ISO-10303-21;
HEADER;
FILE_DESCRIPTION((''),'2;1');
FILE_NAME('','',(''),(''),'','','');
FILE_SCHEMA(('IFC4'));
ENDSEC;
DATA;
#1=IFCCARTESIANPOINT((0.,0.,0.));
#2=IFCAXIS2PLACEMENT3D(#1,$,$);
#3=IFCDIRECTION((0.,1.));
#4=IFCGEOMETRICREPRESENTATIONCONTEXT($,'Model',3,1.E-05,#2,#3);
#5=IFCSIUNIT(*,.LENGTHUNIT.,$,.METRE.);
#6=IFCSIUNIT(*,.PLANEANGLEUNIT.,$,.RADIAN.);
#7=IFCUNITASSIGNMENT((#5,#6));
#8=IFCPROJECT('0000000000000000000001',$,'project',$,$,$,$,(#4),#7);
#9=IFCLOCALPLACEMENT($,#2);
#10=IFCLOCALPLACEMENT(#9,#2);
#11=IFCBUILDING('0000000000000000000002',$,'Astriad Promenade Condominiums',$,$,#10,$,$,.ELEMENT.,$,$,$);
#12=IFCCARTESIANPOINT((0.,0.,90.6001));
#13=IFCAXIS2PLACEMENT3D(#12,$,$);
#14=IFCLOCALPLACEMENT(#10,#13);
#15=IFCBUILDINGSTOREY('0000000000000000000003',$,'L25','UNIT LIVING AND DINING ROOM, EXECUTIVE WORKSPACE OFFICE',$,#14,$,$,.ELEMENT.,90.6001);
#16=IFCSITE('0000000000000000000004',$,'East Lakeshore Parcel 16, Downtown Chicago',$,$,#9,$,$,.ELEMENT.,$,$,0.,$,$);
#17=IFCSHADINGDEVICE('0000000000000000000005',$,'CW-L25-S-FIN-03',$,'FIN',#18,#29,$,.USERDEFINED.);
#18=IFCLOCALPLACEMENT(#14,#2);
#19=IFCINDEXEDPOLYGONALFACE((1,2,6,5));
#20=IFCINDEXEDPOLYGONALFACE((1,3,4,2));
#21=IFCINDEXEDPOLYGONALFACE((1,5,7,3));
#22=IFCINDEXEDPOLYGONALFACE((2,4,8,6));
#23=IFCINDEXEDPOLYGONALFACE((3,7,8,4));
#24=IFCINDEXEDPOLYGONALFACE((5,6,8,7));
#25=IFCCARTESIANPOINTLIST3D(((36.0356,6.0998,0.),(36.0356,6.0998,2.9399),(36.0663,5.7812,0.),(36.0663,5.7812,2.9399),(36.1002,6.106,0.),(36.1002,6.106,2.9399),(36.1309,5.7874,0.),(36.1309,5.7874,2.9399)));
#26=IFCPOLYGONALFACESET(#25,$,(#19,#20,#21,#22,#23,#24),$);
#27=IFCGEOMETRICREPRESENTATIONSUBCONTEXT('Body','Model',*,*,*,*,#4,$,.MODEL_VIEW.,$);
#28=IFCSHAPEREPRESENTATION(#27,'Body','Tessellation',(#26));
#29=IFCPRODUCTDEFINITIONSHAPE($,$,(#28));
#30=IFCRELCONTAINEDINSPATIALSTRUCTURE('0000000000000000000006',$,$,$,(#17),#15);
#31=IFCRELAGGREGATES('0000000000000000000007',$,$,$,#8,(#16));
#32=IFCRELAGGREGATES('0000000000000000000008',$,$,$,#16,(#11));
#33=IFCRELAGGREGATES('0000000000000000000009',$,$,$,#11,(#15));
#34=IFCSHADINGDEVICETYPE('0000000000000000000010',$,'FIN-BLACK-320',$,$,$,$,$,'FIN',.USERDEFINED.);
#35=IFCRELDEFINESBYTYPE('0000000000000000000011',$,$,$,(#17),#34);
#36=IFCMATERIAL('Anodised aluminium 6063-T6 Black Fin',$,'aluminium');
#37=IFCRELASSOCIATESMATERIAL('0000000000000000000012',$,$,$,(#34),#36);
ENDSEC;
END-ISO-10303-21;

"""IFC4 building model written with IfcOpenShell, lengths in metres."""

from ifc_helpers import new_model, si_unit, direction, frame, origin, origin_2d, place, context, subcontext, project, spatial, rectangle, extrude, source, transform, mapped, material, type_object, type_shapes, element, save


model = new_model("IFC4")

# Units and contexts
model_context = context("Model", 3, precision=1e-05, world=origin(), true_north=direction((0.0, 1.0)))
body_context = subcontext(model_context, "Body", "Model", "MODEL_VIEW")
ifc_project = project(units=[si_unit("LENGTHUNIT", "METRE"), si_unit("PLANEANGLEUNIT", "RADIAN")], contexts=[model_context])

# Site, building, storey
site_placement = place(None, origin())
site = spatial("IfcSite", under=ifc_project, at=site_placement, Name="East Lakeshore Parcel 16, Downtown Chicago", CompositionType="ELEMENT", RefElevation=0.0)
building_placement = place(site_placement, origin())
building = spatial("IfcBuilding", under=site, at=building_placement, Name="Astriad Promenade Condominiums", CompositionType="ELEMENT")
storey_placement = place(building_placement, frame((0.0, 0.0, 90.6001)))
storey = spatial("IfcBuildingStorey", under=building, at=storey_placement, Name="L25", Description="UNIT LIVING AND DINING ROOM, EXECUTIVE WORKSPACE OFFICE", CompositionType="ELEMENT", Elevation=90.6001)

# Shading device
ifc_material_1 = material(Name="Anodised aluminium 6063-T6 Black Fin", Category="aluminium")
shading_device_type = type_object("IfcShadingDeviceType", Name="FIN-BLACK-320", ElementType="FIN", PredefinedType="USERDEFINED", material=ifc_material_1)
shared_shape_1 = source(origin(), body_context, "Body", "SweptSolid", [
    extrude(rectangle(XDim=0.0649, YDim=0.3201, at=origin_2d()), origin(), (0.0, 0.0, 1.0), 2.9399),
])
type_shapes(shading_device_type, [shared_shape_1])
shading_device_placement = place(storey_placement, frame((36.0833, 5.9436, 0.0), z_axis=(0.0, 0.0, 1.0), x_axis=(-0.995396, -0.095846, 0.0)))
element("IfcShadingDevice", 1, at=shading_device_placement, inside=storey, type_object=shading_device_type, Name="CW-L25-S-FIN-03", ObjectType="FIN", PredefinedType="USERDEFINED", context=body_context, shape_type="MappedRepresentation", body=[
    mapped(shared_shape_1, transform((0.0, 0.0, 0.0), scale=1.0)),
])

save(model, "model.ifc")
